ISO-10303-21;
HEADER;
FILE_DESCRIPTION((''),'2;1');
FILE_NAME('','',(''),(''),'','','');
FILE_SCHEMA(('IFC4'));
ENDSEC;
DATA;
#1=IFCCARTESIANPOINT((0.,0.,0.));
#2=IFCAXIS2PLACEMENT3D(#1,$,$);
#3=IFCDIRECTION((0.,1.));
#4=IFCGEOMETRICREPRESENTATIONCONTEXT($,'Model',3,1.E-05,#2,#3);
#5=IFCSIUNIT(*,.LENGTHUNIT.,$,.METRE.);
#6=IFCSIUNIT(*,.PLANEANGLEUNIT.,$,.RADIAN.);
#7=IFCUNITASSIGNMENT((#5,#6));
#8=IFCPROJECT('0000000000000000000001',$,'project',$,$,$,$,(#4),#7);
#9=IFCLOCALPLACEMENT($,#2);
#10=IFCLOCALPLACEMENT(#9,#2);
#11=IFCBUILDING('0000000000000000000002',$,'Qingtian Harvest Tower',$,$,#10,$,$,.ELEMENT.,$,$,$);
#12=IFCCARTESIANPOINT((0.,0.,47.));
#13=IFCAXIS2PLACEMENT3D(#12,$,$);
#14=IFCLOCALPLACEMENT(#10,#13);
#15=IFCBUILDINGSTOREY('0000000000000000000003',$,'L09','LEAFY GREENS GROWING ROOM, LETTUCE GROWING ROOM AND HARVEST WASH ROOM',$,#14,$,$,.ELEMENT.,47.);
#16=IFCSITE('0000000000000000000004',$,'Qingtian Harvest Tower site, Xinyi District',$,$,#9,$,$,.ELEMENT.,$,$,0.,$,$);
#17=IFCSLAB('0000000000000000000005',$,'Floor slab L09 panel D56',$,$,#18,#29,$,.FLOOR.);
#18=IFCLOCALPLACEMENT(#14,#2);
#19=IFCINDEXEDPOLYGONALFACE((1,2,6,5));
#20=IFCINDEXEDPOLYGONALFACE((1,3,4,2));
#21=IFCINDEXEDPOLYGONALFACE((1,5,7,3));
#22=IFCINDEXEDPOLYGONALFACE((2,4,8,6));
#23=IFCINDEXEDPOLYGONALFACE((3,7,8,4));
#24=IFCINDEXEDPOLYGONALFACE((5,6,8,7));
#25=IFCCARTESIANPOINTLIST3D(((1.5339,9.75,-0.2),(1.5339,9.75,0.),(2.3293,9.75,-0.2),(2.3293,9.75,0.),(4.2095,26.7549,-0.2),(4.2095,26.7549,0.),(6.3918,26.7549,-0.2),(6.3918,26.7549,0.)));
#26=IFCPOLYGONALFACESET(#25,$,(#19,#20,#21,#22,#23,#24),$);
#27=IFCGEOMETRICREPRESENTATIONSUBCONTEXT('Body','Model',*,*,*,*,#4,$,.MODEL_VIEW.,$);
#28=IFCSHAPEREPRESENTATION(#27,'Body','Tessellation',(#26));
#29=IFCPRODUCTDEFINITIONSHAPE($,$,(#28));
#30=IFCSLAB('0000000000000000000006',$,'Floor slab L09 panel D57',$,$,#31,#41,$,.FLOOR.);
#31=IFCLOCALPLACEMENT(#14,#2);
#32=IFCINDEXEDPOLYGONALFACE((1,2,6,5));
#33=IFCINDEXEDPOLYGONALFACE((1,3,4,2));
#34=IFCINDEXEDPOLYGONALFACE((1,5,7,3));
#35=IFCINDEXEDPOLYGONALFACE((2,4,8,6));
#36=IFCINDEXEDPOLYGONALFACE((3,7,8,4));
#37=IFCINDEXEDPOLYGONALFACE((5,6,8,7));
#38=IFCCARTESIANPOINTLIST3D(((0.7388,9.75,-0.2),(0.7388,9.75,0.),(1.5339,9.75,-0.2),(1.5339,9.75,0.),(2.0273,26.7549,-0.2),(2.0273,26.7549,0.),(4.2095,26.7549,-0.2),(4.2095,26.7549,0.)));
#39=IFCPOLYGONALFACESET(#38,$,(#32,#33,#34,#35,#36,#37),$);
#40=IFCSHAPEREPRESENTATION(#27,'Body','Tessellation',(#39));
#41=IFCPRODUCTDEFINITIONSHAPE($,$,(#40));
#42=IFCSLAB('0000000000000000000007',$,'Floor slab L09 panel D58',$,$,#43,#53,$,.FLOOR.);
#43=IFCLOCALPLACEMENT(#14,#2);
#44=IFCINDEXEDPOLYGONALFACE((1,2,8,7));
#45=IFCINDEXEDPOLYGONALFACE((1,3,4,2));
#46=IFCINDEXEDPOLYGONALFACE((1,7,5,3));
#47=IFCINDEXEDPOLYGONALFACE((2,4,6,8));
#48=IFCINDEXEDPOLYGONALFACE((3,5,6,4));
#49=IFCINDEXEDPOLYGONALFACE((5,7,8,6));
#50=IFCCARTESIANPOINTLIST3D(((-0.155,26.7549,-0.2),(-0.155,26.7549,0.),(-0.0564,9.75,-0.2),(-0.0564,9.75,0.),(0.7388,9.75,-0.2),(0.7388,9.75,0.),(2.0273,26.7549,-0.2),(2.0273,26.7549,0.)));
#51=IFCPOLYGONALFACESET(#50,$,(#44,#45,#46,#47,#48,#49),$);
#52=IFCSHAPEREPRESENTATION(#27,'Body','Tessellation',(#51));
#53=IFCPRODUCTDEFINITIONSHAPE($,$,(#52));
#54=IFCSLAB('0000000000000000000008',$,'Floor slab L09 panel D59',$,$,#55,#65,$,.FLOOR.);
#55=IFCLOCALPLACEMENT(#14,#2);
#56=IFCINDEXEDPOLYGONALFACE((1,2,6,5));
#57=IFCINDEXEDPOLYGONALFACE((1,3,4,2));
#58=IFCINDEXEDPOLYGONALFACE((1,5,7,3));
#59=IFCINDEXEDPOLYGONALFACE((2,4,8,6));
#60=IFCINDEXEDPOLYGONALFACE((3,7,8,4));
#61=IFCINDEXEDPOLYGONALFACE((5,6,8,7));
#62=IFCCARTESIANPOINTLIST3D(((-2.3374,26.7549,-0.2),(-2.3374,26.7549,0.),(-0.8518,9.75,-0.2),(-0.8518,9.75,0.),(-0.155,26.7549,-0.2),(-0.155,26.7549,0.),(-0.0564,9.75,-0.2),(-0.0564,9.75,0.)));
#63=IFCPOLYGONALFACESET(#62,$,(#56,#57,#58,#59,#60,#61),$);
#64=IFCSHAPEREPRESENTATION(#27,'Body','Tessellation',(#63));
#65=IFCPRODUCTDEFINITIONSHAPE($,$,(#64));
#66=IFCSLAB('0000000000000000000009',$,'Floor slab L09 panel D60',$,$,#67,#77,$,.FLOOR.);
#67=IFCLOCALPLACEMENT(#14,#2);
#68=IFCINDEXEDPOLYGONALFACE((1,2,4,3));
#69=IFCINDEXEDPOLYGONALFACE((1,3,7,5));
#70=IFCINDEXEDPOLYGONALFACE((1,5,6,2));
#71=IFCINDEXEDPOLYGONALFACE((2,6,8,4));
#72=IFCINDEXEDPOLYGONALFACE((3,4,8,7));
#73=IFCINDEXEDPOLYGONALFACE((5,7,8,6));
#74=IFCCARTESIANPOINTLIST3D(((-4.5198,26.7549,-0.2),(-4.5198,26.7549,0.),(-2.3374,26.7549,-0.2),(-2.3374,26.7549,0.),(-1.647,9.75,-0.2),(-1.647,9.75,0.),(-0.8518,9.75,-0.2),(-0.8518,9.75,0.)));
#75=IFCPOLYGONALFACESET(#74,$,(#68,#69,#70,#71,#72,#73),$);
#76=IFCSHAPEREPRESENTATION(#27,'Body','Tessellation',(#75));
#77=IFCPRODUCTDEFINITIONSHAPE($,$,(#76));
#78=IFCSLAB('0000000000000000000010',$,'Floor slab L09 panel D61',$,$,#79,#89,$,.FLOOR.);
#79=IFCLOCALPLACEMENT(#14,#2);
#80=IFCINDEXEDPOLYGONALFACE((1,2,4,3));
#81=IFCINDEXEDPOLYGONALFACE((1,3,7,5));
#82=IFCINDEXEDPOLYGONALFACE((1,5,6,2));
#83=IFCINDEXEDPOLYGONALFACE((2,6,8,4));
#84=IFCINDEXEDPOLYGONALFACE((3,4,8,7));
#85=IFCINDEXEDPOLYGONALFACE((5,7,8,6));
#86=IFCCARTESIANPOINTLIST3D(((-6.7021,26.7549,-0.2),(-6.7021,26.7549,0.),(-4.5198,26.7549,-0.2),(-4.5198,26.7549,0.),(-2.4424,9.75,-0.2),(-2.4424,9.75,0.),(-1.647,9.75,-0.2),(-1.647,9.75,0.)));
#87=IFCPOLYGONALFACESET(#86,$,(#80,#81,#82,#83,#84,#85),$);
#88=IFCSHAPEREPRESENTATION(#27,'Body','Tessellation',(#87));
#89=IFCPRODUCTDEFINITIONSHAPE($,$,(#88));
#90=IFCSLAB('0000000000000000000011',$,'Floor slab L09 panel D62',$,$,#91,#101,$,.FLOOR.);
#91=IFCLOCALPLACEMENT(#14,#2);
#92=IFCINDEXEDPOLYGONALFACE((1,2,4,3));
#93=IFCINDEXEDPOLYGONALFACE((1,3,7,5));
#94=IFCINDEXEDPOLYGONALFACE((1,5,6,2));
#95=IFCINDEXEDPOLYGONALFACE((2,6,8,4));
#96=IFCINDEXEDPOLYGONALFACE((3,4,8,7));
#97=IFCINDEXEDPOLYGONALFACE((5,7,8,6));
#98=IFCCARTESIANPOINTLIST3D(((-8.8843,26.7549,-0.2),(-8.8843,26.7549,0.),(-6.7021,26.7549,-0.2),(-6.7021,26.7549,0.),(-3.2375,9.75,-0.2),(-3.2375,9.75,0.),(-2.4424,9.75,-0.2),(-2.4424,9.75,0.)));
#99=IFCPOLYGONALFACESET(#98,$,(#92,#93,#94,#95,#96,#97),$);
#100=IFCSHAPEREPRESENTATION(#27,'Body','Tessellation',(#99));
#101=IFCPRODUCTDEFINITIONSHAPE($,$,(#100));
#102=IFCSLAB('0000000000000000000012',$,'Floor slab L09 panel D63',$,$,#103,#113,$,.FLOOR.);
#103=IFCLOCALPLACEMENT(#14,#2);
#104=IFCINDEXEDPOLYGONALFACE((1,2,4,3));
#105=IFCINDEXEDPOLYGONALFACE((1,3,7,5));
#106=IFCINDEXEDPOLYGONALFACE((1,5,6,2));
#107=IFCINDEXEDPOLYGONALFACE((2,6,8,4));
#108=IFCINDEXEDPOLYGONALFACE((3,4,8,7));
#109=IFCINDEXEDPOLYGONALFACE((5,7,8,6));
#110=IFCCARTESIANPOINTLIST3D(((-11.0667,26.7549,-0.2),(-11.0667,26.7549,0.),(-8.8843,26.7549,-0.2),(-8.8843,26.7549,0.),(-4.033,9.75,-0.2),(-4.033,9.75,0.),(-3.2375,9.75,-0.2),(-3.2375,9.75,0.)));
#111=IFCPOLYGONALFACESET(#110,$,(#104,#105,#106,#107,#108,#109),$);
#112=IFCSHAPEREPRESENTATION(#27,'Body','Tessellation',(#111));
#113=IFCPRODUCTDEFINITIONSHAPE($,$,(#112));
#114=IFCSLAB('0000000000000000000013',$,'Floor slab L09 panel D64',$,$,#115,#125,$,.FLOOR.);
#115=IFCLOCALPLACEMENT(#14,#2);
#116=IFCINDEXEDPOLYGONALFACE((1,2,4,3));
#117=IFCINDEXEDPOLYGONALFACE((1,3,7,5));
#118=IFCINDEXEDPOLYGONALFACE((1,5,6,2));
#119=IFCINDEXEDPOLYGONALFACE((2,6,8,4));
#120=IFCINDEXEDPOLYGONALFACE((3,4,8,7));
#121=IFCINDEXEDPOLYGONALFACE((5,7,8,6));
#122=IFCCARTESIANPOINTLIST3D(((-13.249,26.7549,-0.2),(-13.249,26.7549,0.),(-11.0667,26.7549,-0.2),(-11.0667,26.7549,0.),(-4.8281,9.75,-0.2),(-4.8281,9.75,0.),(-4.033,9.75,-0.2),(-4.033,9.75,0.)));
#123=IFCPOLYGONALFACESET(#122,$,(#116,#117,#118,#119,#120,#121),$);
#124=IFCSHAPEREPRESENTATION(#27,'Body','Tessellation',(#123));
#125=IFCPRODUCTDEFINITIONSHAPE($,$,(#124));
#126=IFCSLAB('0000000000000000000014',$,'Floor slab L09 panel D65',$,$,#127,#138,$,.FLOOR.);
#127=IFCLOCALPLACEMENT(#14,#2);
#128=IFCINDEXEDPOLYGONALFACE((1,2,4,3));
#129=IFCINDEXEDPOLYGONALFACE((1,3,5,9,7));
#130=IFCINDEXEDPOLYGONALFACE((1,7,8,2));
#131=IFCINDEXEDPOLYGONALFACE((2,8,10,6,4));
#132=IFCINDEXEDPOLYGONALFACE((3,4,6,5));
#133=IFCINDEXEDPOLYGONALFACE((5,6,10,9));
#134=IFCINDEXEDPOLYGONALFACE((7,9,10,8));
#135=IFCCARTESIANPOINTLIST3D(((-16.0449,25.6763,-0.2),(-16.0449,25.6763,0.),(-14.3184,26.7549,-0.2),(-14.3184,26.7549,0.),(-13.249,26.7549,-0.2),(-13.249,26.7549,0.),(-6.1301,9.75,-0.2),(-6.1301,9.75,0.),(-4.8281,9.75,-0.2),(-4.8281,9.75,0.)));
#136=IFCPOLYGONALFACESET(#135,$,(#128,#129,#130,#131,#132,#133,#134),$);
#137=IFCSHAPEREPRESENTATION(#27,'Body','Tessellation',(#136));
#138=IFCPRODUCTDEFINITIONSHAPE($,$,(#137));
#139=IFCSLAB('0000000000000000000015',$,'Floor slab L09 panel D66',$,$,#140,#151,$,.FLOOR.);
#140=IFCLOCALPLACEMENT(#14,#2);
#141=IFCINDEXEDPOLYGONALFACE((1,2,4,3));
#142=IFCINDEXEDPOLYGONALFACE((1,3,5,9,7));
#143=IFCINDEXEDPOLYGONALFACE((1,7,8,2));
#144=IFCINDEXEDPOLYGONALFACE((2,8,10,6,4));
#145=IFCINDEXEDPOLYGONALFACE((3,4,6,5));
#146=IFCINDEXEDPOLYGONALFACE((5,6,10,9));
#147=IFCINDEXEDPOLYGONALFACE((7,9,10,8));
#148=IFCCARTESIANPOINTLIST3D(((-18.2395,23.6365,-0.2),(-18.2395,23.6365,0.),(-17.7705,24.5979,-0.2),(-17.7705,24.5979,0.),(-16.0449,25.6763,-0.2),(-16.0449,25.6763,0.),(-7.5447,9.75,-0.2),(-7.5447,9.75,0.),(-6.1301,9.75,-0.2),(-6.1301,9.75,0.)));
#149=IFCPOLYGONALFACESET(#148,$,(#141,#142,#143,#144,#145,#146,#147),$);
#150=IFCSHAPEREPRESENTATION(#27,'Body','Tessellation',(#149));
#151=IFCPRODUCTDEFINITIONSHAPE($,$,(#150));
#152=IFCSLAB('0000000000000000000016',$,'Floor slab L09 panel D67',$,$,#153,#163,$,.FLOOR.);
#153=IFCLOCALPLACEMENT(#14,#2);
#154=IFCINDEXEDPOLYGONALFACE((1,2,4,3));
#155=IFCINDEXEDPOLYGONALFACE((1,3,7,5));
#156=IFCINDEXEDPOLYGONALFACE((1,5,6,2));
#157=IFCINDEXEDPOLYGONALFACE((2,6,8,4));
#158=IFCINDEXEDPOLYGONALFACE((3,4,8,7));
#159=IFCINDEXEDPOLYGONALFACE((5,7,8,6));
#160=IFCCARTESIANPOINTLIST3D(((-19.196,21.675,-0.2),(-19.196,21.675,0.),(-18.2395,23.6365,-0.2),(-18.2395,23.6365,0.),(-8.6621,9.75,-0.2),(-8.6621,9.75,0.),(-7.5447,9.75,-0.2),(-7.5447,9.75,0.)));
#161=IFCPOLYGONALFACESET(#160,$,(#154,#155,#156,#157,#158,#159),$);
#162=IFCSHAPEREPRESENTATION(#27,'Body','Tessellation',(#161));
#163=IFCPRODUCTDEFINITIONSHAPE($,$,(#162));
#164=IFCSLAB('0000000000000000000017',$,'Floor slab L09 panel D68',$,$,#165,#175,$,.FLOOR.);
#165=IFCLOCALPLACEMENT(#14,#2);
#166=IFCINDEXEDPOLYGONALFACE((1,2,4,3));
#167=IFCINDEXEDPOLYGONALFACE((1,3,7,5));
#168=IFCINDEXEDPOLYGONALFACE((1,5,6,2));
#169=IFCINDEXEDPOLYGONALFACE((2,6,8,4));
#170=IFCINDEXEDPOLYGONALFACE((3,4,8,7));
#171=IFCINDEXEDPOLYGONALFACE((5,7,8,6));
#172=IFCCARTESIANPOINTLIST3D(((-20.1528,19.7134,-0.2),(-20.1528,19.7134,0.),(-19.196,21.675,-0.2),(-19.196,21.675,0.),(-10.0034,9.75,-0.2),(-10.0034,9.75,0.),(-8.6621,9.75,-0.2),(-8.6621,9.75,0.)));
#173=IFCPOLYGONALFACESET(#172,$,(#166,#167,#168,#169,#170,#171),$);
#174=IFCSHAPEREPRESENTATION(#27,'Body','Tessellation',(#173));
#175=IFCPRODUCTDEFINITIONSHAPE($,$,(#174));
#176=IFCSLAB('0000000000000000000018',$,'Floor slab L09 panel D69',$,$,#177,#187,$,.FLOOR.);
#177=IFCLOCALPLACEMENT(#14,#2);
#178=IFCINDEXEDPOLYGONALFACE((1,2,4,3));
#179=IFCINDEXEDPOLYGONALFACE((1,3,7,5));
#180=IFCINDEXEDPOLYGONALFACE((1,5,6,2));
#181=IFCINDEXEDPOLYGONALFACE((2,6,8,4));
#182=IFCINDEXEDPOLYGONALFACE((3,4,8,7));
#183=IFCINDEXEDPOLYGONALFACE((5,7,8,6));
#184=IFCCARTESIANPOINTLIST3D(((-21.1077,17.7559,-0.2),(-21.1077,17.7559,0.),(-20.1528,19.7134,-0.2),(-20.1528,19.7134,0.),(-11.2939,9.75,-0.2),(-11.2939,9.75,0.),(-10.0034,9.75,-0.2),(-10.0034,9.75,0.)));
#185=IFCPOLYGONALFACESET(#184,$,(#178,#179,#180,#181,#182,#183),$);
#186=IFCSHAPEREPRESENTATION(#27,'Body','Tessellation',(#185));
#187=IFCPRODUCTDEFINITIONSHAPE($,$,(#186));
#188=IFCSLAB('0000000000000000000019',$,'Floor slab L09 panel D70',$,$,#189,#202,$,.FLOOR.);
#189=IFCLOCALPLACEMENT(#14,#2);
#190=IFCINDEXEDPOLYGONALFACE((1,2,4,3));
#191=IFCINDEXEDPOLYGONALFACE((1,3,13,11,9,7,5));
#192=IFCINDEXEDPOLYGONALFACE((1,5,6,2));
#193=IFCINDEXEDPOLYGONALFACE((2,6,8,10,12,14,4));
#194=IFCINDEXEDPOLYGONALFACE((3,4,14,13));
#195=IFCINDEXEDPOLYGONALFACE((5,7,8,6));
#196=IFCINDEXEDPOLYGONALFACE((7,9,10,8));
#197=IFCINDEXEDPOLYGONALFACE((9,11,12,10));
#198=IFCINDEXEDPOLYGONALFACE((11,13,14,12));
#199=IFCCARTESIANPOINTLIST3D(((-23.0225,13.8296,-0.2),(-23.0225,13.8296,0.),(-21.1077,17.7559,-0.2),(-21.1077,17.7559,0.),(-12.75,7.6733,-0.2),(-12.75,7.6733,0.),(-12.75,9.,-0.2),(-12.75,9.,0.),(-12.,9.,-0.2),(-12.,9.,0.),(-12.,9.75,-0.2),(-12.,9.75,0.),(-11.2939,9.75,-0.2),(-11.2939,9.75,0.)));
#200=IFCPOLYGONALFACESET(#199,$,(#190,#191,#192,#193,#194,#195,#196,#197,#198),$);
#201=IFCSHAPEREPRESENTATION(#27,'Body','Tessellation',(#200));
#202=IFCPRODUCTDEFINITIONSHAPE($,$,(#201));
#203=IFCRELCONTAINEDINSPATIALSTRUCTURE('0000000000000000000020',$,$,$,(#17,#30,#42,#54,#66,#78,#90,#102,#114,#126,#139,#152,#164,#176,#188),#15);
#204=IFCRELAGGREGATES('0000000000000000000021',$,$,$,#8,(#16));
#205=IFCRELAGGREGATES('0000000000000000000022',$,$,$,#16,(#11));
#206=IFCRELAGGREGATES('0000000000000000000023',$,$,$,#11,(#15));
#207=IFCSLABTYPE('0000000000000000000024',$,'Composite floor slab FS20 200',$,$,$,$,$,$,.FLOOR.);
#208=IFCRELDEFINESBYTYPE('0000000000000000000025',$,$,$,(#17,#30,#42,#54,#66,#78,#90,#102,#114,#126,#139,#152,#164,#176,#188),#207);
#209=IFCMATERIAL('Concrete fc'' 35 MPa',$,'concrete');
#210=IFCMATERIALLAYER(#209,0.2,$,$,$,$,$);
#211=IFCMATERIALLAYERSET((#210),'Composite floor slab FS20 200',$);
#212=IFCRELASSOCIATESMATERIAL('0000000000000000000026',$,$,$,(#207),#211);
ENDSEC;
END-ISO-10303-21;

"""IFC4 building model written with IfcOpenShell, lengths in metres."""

from ifc_helpers import new_model, si_unit, direction, frame, origin, place, context, subcontext, project, spatial, polyline, outline, extrude, material, layer, layer_set, type_object, element, save


model = new_model("IFC4")

# Units and contexts
model_context = context("Model", 3, precision=1e-05, world=origin(), true_north=direction((0.0, 1.0)))
body_context = subcontext(model_context, "Body", "Model", "MODEL_VIEW")
ifc_project = project(units=[si_unit("LENGTHUNIT", "METRE"), si_unit("PLANEANGLEUNIT", "RADIAN")], contexts=[model_context])

# Site, building, storey
site_placement = place(None, origin())
site = spatial("IfcSite", under=ifc_project, at=site_placement, Name="Qingtian Harvest Tower site, Xinyi District", CompositionType="ELEMENT", RefElevation=0.0)
building_placement = place(site_placement, origin())
building = spatial("IfcBuilding", under=site, at=building_placement, Name="Qingtian Harvest Tower", CompositionType="ELEMENT")
storey_placement = place(building_placement, frame((0.0, 0.0, 47.0)))
storey = spatial("IfcBuildingStorey", under=building, at=storey_placement, Name="L09", Description="LEAFY GREENS GROWING ROOM, LETTUCE GROWING ROOM AND HARVEST WASH ROOM", CompositionType="ELEMENT", Elevation=47.0)

# Slabs
ifc_material_1 = material(Name="Concrete fc' 35 MPa", Category="concrete")
ifc_layer_1 = layer(ifc_material_1, 0.2)
ifc_layer_set_1 = layer_set([ifc_layer_1], Name="Composite floor slab FS20 200")
slab_type = type_object("IfcSlabType", Name="Composite floor slab FS20 200", PredefinedType="FLOOR", material=ifc_layer_set_1)
slab_1_placement = place(storey_placement, frame((0.0, 0.0, -0.2)))
element("IfcSlab", 1, at=slab_1_placement, inside=storey, type_object=slab_type, Name="Floor slab L09 panel D56", PredefinedType="FLOOR", context=body_context, shape_type="SweptSolid", body=[
    extrude(outline(polyline([(1.5339, 9.75), (4.2095, 26.7549), (6.3918, 26.7549), (2.3293, 9.75), (1.5339, 9.75)])), origin(), (0.0, 0.0, 1.0), 0.2),
])
slab_2_placement = place(storey_placement, frame((0.0, 0.0, -0.2)))
element("IfcSlab", 2, at=slab_2_placement, inside=storey, type_object=slab_type, Name="Floor slab L09 panel D57", PredefinedType="FLOOR", context=body_context, shape_type="SweptSolid", body=[
    extrude(outline(polyline([(0.7388, 9.75), (2.0273, 26.7549), (4.2095, 26.7549), (1.5339, 9.75), (0.7388, 9.75)])), origin(), (0.0, 0.0, 1.0), 0.2),
])
slab_3_placement = place(storey_placement, frame((0.0, 0.0, -0.2)))
element("IfcSlab", 3, at=slab_3_placement, inside=storey, type_object=slab_type, Name="Floor slab L09 panel D58", PredefinedType="FLOOR", context=body_context, shape_type="SweptSolid", body=[
    extrude(outline(polyline([(-0.0564, 9.75), (-0.155, 26.7549), (2.0273, 26.7549), (0.7388, 9.75), (-0.0564, 9.75)])), origin(), (0.0, 0.0, 1.0), 0.2),
])
slab_4_placement = place(storey_placement, frame((0.0, 0.0, -0.2)))
element("IfcSlab", 4, at=slab_4_placement, inside=storey, type_object=slab_type, Name="Floor slab L09 panel D59", PredefinedType="FLOOR", context=body_context, shape_type="SweptSolid", body=[
    extrude(outline(polyline([(-0.8518, 9.75), (-2.3374, 26.7549), (-0.155, 26.7549), (-0.0564, 9.75), (-0.8518, 9.75)])), origin(), (0.0, 0.0, 1.0), 0.2),
])
slab_5_placement = place(storey_placement, frame((0.0, 0.0, -0.2)))
element("IfcSlab", 5, at=slab_5_placement, inside=storey, type_object=slab_type, Name="Floor slab L09 panel D60", PredefinedType="FLOOR", context=body_context, shape_type="SweptSolid", body=[
    extrude(outline(polyline([(-1.647, 9.75), (-4.5198, 26.7549), (-2.3374, 26.7549), (-0.8518, 9.75), (-1.647, 9.75)])), origin(), (0.0, 0.0, 1.0), 0.2),
])
slab_6_placement = place(storey_placement, frame((0.0, 0.0, -0.2)))
element("IfcSlab", 6, at=slab_6_placement, inside=storey, type_object=slab_type, Name="Floor slab L09 panel D61", PredefinedType="FLOOR", context=body_context, shape_type="SweptSolid", body=[
    extrude(outline(polyline([(-2.4424, 9.75), (-6.7021, 26.7549), (-4.5198, 26.7549), (-1.647, 9.75), (-2.4424, 9.75)])), origin(), (0.0, 0.0, 1.0), 0.2),
])
slab_7_placement = place(storey_placement, frame((0.0, 0.0, -0.2)))
element("IfcSlab", 7, at=slab_7_placement, inside=storey, type_object=slab_type, Name="Floor slab L09 panel D62", PredefinedType="FLOOR", context=body_context, shape_type="SweptSolid", body=[
    extrude(outline(polyline([(-3.2375, 9.75), (-8.8843, 26.7549), (-6.7021, 26.7549), (-2.4424, 9.75), (-3.2375, 9.75)])), origin(), (0.0, 0.0, 1.0), 0.2),
])
slab_8_placement = place(storey_placement, frame((0.0, 0.0, -0.2)))
element("IfcSlab", 8, at=slab_8_placement, inside=storey, type_object=slab_type, Name="Floor slab L09 panel D63", PredefinedType="FLOOR", context=body_context, shape_type="SweptSolid", body=[
    extrude(outline(polyline([(-4.033, 9.75), (-11.0667, 26.7549), (-8.8843, 26.7549), (-3.2375, 9.75), (-4.033, 9.75)])), origin(), (0.0, 0.0, 1.0), 0.2),
])
slab_9_placement = place(storey_placement, frame((0.0, 0.0, -0.2)))
element("IfcSlab", 9, at=slab_9_placement, inside=storey, type_object=slab_type, Name="Floor slab L09 panel D64", PredefinedType="FLOOR", context=body_context, shape_type="SweptSolid", body=[
    extrude(outline(polyline([(-4.8281, 9.75), (-13.249, 26.7549), (-11.0667, 26.7549), (-4.033, 9.75), (-4.8281, 9.75)])), origin(), (0.0, 0.0, 1.0), 0.2),
])
slab_10_placement = place(storey_placement, frame((0.0, 0.0, -0.2)))
element("IfcSlab", 10, at=slab_10_placement, inside=storey, type_object=slab_type, Name="Floor slab L09 panel D65", PredefinedType="FLOOR", context=body_context, shape_type="SweptSolid", body=[
    extrude(outline(polyline([(-4.8281, 9.75), (-6.1301, 9.75), (-16.0449, 25.6763), (-14.3184, 26.7549), (-13.249, 26.7549), (-4.8281, 9.75)])), origin(), (0.0, 0.0, 1.0), 0.2),
])
slab_11_placement = place(storey_placement, frame((0.0, 0.0, -0.2)))
element("IfcSlab", 11, at=slab_11_placement, inside=storey, type_object=slab_type, Name="Floor slab L09 panel D66", PredefinedType="FLOOR", context=body_context, shape_type="SweptSolid", body=[
    extrude(outline(polyline([(-6.1301, 9.75), (-7.5447, 9.75), (-18.2395, 23.6365), (-17.7705, 24.5979), (-16.0449, 25.6763), (-6.1301, 9.75)])), origin(), (0.0, 0.0, 1.0), 0.2),
])
slab_12_placement = place(storey_placement, frame((0.0, 0.0, -0.2)))
element("IfcSlab", 12, at=slab_12_placement, inside=storey, type_object=slab_type, Name="Floor slab L09 panel D67", PredefinedType="FLOOR", context=body_context, shape_type="SweptSolid", body=[
    extrude(outline(polyline([(-8.6621, 9.75), (-19.196, 21.675), (-18.2395, 23.6365), (-7.5447, 9.75), (-8.6621, 9.75)])), origin(), (0.0, 0.0, 1.0), 0.2),
])
slab_13_placement = place(storey_placement, frame((0.0, 0.0, -0.2)))
element("IfcSlab", 13, at=slab_13_placement, inside=storey, type_object=slab_type, Name="Floor slab L09 panel D68", PredefinedType="FLOOR", context=body_context, shape_type="SweptSolid", body=[
    extrude(outline(polyline([(-10.0034, 9.75), (-20.1528, 19.7134), (-19.196, 21.675), (-8.6621, 9.75), (-10.0034, 9.75)])), origin(), (0.0, 0.0, 1.0), 0.2),
])
slab_14_placement = place(storey_placement, frame((0.0, 0.0, -0.2)))
element("IfcSlab", 14, at=slab_14_placement, inside=storey, type_object=slab_type, Name="Floor slab L09 panel D69", PredefinedType="FLOOR", context=body_context, shape_type="SweptSolid", body=[
    extrude(outline(polyline([(-11.2939, 9.75), (-21.1077, 17.7559), (-20.1528, 19.7134), (-10.0034, 9.75), (-11.2939, 9.75)])), origin(), (0.0, 0.0, 1.0), 0.2),
])
slab_15_placement = place(storey_placement, frame((0.0, 0.0, -0.2)))
element("IfcSlab", 15, at=slab_15_placement, inside=storey, type_object=slab_type, Name="Floor slab L09 panel D70", PredefinedType="FLOOR", context=body_context, shape_type="SweptSolid", body=[
    extrude(outline(polyline([(-12.0, 9.0), (-12.75, 9.0), (-12.75, 7.6733), (-23.0225, 13.8296), (-21.1077, 17.7559), (-11.2939, 9.75), (-12.0, 9.75), (-12.0, 9.0)])), origin(), (0.0, 0.0, 1.0), 0.2),
])

save(model, "model.ifc")
